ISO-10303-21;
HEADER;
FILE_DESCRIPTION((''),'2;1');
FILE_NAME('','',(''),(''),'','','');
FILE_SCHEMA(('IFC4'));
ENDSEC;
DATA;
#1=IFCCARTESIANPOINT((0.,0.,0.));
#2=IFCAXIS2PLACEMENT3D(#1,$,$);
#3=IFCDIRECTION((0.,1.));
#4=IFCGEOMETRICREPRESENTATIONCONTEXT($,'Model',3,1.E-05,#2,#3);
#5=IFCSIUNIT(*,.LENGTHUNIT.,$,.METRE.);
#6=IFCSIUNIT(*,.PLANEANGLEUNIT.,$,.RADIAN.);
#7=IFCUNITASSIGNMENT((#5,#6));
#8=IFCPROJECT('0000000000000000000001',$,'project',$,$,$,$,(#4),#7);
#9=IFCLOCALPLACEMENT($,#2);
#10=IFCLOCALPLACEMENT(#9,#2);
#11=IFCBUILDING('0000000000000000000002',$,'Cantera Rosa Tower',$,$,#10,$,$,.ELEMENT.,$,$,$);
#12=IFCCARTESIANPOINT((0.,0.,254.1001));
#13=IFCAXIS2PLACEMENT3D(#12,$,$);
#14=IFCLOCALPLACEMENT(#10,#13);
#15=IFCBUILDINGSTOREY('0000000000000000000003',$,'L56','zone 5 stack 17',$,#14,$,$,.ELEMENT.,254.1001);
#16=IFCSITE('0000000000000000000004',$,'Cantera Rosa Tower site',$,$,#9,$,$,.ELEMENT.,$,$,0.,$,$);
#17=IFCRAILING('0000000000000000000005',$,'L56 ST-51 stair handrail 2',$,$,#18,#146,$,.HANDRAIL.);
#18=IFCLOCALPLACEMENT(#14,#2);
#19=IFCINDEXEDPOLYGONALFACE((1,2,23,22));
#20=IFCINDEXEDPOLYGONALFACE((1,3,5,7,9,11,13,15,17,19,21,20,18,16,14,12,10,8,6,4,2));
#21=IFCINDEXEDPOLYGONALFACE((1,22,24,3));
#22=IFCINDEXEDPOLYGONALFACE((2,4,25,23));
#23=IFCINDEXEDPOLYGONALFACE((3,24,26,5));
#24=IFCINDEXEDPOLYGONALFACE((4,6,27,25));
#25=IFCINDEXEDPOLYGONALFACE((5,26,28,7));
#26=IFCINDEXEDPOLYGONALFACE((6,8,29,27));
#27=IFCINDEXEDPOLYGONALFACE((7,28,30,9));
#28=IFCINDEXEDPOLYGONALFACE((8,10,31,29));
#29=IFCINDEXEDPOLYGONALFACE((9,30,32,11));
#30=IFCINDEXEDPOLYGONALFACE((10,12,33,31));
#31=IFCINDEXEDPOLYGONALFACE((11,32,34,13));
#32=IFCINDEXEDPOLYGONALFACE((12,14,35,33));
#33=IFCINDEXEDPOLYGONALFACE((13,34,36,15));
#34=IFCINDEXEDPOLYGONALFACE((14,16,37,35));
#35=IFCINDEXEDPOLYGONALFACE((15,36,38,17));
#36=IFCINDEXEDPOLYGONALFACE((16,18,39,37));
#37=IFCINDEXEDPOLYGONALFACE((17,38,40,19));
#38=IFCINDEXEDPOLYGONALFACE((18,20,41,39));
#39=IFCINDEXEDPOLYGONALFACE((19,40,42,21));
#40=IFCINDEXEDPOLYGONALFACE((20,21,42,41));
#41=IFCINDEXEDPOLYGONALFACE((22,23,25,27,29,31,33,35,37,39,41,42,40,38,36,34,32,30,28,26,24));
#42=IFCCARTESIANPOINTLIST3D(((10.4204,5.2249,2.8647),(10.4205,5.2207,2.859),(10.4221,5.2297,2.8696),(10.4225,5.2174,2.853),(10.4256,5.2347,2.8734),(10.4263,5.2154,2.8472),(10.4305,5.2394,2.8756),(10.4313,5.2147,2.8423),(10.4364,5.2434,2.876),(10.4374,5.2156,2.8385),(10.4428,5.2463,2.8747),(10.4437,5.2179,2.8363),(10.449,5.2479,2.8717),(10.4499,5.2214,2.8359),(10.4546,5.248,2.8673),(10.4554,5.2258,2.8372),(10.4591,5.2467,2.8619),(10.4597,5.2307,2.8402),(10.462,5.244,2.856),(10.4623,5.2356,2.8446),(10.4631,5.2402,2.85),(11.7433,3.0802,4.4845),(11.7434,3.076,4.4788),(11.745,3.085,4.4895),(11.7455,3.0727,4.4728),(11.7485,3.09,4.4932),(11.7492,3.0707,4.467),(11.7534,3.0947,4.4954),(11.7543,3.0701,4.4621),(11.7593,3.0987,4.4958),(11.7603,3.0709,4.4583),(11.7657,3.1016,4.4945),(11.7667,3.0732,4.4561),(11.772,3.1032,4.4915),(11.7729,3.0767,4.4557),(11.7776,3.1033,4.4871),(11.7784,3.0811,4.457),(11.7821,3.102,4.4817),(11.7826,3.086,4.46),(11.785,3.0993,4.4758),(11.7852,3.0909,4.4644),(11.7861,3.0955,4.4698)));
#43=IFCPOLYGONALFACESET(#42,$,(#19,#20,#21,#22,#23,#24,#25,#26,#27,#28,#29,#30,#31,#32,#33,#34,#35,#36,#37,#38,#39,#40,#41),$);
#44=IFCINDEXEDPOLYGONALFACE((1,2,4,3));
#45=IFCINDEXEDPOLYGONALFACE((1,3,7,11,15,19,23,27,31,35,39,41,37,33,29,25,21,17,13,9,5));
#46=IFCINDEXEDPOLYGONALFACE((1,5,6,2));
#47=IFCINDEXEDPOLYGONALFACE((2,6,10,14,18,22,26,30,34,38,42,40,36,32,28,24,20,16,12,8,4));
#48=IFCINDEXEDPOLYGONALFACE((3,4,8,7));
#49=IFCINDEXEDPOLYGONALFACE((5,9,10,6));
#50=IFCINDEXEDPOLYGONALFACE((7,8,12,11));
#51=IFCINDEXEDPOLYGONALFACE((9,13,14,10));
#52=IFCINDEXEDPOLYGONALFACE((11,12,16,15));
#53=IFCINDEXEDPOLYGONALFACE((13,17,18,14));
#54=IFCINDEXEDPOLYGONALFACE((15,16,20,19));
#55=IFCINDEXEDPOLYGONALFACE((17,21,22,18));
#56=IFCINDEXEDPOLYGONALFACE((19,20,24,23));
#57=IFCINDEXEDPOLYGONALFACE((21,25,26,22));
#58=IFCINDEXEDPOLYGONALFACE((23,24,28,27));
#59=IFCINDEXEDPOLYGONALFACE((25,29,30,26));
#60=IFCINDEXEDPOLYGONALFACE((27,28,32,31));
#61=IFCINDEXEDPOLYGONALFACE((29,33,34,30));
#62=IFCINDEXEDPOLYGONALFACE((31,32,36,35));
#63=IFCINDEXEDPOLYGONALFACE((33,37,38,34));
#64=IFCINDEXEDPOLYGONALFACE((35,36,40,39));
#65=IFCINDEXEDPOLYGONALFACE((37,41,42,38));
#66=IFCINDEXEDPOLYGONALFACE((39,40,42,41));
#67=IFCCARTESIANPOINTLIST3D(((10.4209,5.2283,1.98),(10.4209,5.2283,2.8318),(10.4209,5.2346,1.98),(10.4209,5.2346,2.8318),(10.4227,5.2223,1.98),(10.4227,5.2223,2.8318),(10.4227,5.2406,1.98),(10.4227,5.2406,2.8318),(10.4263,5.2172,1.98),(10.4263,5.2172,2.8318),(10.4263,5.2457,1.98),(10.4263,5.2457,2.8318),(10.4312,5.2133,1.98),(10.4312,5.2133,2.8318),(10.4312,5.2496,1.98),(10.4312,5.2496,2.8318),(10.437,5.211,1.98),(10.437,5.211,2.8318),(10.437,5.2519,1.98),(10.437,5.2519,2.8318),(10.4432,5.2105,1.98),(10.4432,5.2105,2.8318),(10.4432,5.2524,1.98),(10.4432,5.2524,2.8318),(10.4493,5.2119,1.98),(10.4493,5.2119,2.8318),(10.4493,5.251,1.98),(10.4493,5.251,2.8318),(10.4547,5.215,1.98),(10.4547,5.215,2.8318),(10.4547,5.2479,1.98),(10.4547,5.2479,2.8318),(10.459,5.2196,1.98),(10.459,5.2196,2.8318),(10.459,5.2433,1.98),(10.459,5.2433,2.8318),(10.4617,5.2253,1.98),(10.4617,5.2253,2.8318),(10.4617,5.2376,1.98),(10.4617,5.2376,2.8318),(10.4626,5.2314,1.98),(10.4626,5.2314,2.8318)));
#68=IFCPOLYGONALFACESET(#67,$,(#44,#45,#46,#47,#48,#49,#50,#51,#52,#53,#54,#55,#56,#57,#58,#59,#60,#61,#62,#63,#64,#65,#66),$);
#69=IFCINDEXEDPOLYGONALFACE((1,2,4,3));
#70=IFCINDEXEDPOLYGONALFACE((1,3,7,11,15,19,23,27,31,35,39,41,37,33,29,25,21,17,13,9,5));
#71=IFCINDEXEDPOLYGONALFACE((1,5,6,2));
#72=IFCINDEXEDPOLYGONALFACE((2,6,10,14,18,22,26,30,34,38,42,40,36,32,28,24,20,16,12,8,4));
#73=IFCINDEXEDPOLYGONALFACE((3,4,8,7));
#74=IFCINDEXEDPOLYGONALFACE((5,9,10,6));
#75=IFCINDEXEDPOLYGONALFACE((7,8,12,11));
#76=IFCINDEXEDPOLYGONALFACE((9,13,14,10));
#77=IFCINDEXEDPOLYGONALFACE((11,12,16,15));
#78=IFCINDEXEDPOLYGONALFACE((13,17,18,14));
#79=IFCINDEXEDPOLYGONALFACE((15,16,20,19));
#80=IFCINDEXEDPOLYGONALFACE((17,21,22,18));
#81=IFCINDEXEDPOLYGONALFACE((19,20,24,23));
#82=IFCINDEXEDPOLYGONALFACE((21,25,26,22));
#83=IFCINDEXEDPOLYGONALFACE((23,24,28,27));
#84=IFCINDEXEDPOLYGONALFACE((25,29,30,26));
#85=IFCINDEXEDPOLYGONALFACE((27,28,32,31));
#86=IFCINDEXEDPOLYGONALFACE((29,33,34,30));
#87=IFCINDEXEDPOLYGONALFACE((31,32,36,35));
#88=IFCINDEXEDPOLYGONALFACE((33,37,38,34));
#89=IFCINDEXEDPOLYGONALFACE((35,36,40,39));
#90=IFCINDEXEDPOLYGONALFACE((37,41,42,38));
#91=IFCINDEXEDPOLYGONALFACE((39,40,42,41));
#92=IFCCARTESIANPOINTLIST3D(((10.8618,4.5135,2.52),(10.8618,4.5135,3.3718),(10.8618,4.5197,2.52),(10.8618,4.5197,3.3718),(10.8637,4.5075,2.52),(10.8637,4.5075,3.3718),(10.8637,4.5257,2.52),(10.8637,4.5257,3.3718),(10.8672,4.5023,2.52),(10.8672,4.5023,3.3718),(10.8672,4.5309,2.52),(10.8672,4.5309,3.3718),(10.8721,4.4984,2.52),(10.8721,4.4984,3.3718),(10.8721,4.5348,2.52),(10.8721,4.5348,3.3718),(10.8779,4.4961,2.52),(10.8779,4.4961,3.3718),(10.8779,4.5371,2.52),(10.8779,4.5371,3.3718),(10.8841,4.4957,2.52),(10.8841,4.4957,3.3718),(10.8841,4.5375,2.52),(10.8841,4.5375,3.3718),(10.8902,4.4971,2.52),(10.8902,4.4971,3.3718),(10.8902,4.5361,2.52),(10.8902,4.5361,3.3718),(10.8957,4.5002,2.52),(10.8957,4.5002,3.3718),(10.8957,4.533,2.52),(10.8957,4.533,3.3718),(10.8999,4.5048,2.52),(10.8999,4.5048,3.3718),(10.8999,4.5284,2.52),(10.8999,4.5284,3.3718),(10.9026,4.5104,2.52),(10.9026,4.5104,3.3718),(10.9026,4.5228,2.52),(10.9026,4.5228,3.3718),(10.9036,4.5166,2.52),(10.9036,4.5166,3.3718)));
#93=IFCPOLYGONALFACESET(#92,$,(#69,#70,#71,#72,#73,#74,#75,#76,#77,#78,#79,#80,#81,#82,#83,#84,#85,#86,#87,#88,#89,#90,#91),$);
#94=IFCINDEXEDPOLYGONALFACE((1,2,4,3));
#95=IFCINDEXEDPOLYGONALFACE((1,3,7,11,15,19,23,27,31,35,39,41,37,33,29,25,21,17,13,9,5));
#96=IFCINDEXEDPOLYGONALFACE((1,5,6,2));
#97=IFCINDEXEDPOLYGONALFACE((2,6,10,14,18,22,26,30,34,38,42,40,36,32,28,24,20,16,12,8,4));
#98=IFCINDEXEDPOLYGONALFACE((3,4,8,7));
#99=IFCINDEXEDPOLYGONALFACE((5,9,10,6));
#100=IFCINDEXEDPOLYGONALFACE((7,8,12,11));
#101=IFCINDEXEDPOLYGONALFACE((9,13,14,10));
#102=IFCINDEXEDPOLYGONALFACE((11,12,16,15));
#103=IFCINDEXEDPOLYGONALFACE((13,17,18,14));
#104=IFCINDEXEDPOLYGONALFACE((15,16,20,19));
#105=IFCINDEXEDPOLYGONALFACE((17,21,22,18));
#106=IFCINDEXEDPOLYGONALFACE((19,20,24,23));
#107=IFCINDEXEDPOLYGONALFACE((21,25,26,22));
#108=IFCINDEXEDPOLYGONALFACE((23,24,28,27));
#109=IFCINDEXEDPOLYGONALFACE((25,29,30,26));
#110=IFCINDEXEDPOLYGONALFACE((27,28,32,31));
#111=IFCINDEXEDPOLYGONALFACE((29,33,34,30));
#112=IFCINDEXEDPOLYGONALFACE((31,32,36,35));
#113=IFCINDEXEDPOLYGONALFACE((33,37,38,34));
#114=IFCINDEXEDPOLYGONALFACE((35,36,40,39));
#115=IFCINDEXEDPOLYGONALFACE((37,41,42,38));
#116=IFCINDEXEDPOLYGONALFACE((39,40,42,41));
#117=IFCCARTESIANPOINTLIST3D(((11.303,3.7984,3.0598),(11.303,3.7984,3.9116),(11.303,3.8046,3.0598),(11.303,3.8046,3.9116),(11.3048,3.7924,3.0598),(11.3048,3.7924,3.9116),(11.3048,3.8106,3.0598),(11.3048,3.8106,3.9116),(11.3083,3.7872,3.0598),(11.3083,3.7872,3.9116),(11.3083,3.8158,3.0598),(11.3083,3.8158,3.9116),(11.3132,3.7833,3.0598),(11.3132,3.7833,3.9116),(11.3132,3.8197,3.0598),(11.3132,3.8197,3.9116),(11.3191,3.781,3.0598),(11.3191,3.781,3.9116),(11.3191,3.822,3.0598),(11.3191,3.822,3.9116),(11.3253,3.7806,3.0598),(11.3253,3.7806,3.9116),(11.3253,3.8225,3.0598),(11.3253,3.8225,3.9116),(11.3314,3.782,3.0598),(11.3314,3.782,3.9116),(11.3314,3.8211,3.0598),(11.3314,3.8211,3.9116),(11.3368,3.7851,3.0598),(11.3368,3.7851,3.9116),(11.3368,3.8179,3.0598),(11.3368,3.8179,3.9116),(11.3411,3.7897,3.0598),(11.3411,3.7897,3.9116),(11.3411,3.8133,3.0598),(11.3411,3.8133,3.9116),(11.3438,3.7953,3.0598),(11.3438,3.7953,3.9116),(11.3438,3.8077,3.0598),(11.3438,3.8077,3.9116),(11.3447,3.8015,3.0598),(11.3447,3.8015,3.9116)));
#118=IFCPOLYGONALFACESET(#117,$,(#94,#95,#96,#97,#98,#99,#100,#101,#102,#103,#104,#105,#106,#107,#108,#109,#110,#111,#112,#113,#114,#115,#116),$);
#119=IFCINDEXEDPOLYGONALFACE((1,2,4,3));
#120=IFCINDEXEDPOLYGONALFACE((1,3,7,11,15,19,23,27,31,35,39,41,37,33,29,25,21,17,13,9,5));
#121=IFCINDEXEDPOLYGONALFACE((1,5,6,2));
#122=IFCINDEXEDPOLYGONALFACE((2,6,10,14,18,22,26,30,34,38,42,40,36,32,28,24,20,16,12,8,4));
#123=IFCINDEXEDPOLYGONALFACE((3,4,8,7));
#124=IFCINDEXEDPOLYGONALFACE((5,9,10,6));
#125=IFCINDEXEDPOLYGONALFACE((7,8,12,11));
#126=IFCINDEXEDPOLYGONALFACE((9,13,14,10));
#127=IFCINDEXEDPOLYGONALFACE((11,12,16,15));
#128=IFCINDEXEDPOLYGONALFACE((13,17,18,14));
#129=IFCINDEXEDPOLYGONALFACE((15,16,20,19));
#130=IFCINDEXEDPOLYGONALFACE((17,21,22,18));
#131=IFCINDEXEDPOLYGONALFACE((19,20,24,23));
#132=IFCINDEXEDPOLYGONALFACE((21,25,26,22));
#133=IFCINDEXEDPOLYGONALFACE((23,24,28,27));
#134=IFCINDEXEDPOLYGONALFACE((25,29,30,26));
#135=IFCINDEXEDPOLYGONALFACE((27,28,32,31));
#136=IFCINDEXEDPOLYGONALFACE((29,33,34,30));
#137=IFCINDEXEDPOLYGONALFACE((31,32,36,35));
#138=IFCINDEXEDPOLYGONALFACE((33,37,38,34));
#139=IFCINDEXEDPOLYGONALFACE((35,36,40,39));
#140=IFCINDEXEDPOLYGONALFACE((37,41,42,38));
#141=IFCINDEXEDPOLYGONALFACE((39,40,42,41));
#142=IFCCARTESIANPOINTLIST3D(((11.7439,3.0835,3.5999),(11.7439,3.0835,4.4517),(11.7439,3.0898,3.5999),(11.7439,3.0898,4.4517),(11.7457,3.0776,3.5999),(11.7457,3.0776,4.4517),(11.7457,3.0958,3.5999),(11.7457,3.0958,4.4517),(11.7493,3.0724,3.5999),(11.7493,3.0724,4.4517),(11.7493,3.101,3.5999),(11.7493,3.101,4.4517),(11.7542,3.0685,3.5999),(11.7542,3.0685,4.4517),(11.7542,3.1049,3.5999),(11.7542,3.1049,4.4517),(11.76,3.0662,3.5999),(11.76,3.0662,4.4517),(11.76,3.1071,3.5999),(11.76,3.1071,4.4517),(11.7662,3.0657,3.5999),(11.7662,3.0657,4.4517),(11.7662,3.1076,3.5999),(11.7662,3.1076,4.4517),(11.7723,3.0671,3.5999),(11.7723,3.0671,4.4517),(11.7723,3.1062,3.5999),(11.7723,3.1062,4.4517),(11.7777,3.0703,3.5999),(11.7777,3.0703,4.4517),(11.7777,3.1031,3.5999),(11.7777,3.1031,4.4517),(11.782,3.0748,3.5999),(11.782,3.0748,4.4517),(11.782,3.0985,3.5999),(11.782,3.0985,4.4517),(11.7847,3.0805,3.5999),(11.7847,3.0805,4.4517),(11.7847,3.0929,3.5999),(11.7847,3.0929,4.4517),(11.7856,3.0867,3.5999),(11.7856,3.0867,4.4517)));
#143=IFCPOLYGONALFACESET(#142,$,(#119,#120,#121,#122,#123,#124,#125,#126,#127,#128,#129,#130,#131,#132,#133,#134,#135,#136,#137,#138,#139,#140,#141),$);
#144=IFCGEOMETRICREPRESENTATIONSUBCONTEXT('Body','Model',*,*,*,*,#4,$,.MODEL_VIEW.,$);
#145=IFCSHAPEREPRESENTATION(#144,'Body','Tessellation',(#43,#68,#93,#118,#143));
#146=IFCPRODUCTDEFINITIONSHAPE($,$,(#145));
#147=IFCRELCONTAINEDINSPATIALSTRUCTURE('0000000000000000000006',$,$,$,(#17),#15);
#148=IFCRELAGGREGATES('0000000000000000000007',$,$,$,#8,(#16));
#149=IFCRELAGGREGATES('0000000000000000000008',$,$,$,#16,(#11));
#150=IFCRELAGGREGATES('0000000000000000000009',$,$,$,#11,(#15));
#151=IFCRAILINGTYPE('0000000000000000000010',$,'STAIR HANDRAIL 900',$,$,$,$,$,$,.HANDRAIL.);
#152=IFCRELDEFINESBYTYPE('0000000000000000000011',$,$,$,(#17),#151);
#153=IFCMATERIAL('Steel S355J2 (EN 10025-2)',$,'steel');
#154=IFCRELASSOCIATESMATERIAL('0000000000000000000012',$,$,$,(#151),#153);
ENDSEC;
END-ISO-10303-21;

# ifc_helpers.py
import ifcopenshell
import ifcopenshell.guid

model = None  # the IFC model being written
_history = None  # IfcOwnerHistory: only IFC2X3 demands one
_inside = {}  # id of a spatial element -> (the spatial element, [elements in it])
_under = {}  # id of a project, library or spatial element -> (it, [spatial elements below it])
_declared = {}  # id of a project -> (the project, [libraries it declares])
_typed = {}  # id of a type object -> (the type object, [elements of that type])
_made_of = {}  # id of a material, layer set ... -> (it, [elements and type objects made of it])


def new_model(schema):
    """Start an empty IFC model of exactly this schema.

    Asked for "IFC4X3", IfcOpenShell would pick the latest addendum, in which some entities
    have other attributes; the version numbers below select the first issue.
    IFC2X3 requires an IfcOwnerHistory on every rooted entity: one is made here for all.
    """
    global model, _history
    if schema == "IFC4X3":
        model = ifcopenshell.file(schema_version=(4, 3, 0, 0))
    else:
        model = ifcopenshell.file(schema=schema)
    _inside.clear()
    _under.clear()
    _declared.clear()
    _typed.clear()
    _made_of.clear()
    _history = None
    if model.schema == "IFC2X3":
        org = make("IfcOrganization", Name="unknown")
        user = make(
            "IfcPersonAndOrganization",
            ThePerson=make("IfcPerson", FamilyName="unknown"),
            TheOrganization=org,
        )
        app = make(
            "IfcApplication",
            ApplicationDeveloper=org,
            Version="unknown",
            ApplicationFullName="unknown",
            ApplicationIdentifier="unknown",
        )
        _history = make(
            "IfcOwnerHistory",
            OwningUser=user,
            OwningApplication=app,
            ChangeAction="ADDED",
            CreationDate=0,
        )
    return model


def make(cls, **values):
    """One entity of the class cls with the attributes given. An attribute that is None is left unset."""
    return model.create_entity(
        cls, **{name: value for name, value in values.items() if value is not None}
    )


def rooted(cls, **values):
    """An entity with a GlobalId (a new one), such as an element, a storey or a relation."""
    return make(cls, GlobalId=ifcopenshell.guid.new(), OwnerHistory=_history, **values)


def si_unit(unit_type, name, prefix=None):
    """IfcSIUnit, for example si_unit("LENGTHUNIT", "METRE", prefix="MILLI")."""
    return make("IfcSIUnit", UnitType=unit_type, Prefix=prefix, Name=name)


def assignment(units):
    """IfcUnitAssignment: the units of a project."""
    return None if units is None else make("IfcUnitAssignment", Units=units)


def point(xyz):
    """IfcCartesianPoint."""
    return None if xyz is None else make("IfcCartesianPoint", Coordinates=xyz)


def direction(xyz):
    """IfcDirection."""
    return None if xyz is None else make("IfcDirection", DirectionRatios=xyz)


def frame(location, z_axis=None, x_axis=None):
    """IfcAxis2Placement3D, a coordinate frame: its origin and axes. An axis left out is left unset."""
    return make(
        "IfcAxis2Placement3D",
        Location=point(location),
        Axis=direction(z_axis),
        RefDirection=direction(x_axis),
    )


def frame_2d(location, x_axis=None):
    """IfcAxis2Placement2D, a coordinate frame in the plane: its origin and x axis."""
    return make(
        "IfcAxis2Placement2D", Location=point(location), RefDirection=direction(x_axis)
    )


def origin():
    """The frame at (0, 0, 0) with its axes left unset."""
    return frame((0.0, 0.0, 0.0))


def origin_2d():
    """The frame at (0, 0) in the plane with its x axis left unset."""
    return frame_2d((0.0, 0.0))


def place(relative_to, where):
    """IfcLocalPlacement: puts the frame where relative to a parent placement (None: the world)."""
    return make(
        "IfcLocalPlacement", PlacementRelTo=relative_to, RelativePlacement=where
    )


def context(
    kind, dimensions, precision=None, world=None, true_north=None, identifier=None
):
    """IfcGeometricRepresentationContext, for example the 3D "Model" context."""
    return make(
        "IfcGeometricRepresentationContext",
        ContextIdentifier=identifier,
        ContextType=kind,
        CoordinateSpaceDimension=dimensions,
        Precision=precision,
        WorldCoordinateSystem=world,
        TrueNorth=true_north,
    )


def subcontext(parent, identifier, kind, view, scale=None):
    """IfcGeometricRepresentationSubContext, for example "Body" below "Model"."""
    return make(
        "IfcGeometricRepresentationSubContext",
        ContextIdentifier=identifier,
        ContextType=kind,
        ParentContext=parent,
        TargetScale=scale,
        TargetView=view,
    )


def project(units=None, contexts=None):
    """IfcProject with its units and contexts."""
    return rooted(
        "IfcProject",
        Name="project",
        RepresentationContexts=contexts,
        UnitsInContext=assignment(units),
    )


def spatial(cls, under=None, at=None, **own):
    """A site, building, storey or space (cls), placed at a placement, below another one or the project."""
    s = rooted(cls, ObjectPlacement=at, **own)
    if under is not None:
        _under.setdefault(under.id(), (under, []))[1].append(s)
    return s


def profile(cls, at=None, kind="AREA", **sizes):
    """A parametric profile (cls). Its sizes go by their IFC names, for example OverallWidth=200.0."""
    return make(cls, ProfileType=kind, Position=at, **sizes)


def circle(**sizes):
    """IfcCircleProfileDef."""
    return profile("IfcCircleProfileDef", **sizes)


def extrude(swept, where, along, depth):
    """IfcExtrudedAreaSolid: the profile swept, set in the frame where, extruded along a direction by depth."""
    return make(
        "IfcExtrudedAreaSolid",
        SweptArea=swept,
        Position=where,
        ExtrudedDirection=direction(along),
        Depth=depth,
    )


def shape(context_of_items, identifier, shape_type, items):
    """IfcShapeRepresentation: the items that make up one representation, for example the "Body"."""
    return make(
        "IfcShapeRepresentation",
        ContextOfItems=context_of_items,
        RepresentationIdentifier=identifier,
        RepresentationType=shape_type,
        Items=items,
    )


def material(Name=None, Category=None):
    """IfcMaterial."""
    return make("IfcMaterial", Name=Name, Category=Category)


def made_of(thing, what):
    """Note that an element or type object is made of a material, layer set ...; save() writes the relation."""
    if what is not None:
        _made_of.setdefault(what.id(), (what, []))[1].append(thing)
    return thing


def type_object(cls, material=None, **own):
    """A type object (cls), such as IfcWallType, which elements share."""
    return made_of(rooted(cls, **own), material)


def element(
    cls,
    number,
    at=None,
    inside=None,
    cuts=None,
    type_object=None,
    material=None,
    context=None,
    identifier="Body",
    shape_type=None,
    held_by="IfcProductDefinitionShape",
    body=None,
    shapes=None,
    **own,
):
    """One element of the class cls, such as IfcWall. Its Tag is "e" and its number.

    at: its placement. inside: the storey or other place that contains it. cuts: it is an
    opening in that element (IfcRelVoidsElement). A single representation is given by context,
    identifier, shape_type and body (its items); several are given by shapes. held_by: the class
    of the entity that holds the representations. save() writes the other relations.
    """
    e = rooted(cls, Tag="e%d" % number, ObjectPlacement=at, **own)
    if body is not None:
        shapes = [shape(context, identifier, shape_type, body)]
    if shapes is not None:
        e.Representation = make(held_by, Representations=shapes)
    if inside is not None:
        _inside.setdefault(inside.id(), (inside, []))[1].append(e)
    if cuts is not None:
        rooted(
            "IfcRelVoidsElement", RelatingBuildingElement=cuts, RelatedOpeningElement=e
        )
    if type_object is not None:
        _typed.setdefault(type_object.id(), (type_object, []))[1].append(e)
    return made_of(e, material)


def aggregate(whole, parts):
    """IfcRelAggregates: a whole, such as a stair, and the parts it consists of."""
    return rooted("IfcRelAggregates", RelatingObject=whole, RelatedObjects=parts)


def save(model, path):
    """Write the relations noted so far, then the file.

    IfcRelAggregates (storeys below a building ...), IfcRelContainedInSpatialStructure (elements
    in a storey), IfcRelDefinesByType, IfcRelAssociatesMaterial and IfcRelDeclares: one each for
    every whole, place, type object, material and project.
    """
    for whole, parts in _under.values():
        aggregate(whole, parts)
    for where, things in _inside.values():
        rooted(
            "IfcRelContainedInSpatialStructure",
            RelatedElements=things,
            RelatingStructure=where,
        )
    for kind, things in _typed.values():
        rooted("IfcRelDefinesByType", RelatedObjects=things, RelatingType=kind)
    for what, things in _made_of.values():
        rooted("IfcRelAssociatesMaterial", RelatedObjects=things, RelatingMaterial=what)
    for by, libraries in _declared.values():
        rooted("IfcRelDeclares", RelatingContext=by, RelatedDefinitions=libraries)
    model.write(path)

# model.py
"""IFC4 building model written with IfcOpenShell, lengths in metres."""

from ifc_helpers import new_model, si_unit, direction, frame, origin, origin_2d, place, context, subcontext, project, spatial, circle, extrude, material, type_object, element, save


model = new_model("IFC4")

# Units and contexts
model_context = context("Model", 3, precision=1e-05, world=origin(), true_north=direction((0.0, 1.0)))
body_context = subcontext(model_context, "Body", "Model", "MODEL_VIEW")
ifc_project = project(units=[si_unit("LENGTHUNIT", "METRE"), si_unit("PLANEANGLEUNIT", "RADIAN")], contexts=[model_context])

# Site, building, storey
site_placement = place(None, origin())
site = spatial("IfcSite", under=ifc_project, at=site_placement, Name="Cantera Rosa Tower site", CompositionType="ELEMENT", RefElevation=0.0)
building_placement = place(site_placement, origin())
building = spatial("IfcBuilding", under=site, at=building_placement, Name="Cantera Rosa Tower", CompositionType="ELEMENT")
storey_placement = place(building_placement, frame((0.0, 0.0, 254.1001)))
storey = spatial("IfcBuildingStorey", under=building, at=storey_placement, Name="L56", Description="zone 5 stack 17", CompositionType="ELEMENT", Elevation=254.1001)

# Railing
ifc_material_1 = material(Name="Steel S355J2 (EN 10025-2)", Category="steel")
railing_type_1 = type_object("IfcRailingType", Name="STAIR HANDRAIL 900", PredefinedType="HANDRAIL", material=ifc_material_1)
railing_1_placement = place(storey_placement, frame((10.4417, 5.2314, 1.98)))
element("IfcRailing", 1, at=railing_1_placement, inside=storey, type_object=railing_type_1, Name="L56 ST-51 stair handrail 2", PredefinedType="HANDRAIL", context=body_context, shape_type="SweptSolid", body=[
    extrude(circle(Radius=0.0239, at=origin_2d()), frame((0.0, 0.0, 0.876), z_axis=(0.441629, -0.715945, 0.540728), x_axis=(0.851102, 0.525, 0.0)), (0.0, 0.0, 1.0), 2.9956),
    extrude(circle(Radius=0.021, at=origin_2d()), origin(), (0.0, 0.0, 1.0), 0.8518),
    extrude(circle(Radius=0.021, at=origin_2d()), frame((0.4409, -0.7148, 0.54)), (0.0, 0.0, 1.0), 0.8518),
    extrude(circle(Radius=0.021, at=origin_2d()), frame((0.8821, -1.4299, 1.0798)), (0.0, 0.0, 1.0), 0.8518),
    extrude(circle(Radius=0.021, at=origin_2d()), frame((1.323, -2.1448, 1.6199)), (0.0, 0.0, 1.0), 0.8518),
])

save(model, "model.ifc")
